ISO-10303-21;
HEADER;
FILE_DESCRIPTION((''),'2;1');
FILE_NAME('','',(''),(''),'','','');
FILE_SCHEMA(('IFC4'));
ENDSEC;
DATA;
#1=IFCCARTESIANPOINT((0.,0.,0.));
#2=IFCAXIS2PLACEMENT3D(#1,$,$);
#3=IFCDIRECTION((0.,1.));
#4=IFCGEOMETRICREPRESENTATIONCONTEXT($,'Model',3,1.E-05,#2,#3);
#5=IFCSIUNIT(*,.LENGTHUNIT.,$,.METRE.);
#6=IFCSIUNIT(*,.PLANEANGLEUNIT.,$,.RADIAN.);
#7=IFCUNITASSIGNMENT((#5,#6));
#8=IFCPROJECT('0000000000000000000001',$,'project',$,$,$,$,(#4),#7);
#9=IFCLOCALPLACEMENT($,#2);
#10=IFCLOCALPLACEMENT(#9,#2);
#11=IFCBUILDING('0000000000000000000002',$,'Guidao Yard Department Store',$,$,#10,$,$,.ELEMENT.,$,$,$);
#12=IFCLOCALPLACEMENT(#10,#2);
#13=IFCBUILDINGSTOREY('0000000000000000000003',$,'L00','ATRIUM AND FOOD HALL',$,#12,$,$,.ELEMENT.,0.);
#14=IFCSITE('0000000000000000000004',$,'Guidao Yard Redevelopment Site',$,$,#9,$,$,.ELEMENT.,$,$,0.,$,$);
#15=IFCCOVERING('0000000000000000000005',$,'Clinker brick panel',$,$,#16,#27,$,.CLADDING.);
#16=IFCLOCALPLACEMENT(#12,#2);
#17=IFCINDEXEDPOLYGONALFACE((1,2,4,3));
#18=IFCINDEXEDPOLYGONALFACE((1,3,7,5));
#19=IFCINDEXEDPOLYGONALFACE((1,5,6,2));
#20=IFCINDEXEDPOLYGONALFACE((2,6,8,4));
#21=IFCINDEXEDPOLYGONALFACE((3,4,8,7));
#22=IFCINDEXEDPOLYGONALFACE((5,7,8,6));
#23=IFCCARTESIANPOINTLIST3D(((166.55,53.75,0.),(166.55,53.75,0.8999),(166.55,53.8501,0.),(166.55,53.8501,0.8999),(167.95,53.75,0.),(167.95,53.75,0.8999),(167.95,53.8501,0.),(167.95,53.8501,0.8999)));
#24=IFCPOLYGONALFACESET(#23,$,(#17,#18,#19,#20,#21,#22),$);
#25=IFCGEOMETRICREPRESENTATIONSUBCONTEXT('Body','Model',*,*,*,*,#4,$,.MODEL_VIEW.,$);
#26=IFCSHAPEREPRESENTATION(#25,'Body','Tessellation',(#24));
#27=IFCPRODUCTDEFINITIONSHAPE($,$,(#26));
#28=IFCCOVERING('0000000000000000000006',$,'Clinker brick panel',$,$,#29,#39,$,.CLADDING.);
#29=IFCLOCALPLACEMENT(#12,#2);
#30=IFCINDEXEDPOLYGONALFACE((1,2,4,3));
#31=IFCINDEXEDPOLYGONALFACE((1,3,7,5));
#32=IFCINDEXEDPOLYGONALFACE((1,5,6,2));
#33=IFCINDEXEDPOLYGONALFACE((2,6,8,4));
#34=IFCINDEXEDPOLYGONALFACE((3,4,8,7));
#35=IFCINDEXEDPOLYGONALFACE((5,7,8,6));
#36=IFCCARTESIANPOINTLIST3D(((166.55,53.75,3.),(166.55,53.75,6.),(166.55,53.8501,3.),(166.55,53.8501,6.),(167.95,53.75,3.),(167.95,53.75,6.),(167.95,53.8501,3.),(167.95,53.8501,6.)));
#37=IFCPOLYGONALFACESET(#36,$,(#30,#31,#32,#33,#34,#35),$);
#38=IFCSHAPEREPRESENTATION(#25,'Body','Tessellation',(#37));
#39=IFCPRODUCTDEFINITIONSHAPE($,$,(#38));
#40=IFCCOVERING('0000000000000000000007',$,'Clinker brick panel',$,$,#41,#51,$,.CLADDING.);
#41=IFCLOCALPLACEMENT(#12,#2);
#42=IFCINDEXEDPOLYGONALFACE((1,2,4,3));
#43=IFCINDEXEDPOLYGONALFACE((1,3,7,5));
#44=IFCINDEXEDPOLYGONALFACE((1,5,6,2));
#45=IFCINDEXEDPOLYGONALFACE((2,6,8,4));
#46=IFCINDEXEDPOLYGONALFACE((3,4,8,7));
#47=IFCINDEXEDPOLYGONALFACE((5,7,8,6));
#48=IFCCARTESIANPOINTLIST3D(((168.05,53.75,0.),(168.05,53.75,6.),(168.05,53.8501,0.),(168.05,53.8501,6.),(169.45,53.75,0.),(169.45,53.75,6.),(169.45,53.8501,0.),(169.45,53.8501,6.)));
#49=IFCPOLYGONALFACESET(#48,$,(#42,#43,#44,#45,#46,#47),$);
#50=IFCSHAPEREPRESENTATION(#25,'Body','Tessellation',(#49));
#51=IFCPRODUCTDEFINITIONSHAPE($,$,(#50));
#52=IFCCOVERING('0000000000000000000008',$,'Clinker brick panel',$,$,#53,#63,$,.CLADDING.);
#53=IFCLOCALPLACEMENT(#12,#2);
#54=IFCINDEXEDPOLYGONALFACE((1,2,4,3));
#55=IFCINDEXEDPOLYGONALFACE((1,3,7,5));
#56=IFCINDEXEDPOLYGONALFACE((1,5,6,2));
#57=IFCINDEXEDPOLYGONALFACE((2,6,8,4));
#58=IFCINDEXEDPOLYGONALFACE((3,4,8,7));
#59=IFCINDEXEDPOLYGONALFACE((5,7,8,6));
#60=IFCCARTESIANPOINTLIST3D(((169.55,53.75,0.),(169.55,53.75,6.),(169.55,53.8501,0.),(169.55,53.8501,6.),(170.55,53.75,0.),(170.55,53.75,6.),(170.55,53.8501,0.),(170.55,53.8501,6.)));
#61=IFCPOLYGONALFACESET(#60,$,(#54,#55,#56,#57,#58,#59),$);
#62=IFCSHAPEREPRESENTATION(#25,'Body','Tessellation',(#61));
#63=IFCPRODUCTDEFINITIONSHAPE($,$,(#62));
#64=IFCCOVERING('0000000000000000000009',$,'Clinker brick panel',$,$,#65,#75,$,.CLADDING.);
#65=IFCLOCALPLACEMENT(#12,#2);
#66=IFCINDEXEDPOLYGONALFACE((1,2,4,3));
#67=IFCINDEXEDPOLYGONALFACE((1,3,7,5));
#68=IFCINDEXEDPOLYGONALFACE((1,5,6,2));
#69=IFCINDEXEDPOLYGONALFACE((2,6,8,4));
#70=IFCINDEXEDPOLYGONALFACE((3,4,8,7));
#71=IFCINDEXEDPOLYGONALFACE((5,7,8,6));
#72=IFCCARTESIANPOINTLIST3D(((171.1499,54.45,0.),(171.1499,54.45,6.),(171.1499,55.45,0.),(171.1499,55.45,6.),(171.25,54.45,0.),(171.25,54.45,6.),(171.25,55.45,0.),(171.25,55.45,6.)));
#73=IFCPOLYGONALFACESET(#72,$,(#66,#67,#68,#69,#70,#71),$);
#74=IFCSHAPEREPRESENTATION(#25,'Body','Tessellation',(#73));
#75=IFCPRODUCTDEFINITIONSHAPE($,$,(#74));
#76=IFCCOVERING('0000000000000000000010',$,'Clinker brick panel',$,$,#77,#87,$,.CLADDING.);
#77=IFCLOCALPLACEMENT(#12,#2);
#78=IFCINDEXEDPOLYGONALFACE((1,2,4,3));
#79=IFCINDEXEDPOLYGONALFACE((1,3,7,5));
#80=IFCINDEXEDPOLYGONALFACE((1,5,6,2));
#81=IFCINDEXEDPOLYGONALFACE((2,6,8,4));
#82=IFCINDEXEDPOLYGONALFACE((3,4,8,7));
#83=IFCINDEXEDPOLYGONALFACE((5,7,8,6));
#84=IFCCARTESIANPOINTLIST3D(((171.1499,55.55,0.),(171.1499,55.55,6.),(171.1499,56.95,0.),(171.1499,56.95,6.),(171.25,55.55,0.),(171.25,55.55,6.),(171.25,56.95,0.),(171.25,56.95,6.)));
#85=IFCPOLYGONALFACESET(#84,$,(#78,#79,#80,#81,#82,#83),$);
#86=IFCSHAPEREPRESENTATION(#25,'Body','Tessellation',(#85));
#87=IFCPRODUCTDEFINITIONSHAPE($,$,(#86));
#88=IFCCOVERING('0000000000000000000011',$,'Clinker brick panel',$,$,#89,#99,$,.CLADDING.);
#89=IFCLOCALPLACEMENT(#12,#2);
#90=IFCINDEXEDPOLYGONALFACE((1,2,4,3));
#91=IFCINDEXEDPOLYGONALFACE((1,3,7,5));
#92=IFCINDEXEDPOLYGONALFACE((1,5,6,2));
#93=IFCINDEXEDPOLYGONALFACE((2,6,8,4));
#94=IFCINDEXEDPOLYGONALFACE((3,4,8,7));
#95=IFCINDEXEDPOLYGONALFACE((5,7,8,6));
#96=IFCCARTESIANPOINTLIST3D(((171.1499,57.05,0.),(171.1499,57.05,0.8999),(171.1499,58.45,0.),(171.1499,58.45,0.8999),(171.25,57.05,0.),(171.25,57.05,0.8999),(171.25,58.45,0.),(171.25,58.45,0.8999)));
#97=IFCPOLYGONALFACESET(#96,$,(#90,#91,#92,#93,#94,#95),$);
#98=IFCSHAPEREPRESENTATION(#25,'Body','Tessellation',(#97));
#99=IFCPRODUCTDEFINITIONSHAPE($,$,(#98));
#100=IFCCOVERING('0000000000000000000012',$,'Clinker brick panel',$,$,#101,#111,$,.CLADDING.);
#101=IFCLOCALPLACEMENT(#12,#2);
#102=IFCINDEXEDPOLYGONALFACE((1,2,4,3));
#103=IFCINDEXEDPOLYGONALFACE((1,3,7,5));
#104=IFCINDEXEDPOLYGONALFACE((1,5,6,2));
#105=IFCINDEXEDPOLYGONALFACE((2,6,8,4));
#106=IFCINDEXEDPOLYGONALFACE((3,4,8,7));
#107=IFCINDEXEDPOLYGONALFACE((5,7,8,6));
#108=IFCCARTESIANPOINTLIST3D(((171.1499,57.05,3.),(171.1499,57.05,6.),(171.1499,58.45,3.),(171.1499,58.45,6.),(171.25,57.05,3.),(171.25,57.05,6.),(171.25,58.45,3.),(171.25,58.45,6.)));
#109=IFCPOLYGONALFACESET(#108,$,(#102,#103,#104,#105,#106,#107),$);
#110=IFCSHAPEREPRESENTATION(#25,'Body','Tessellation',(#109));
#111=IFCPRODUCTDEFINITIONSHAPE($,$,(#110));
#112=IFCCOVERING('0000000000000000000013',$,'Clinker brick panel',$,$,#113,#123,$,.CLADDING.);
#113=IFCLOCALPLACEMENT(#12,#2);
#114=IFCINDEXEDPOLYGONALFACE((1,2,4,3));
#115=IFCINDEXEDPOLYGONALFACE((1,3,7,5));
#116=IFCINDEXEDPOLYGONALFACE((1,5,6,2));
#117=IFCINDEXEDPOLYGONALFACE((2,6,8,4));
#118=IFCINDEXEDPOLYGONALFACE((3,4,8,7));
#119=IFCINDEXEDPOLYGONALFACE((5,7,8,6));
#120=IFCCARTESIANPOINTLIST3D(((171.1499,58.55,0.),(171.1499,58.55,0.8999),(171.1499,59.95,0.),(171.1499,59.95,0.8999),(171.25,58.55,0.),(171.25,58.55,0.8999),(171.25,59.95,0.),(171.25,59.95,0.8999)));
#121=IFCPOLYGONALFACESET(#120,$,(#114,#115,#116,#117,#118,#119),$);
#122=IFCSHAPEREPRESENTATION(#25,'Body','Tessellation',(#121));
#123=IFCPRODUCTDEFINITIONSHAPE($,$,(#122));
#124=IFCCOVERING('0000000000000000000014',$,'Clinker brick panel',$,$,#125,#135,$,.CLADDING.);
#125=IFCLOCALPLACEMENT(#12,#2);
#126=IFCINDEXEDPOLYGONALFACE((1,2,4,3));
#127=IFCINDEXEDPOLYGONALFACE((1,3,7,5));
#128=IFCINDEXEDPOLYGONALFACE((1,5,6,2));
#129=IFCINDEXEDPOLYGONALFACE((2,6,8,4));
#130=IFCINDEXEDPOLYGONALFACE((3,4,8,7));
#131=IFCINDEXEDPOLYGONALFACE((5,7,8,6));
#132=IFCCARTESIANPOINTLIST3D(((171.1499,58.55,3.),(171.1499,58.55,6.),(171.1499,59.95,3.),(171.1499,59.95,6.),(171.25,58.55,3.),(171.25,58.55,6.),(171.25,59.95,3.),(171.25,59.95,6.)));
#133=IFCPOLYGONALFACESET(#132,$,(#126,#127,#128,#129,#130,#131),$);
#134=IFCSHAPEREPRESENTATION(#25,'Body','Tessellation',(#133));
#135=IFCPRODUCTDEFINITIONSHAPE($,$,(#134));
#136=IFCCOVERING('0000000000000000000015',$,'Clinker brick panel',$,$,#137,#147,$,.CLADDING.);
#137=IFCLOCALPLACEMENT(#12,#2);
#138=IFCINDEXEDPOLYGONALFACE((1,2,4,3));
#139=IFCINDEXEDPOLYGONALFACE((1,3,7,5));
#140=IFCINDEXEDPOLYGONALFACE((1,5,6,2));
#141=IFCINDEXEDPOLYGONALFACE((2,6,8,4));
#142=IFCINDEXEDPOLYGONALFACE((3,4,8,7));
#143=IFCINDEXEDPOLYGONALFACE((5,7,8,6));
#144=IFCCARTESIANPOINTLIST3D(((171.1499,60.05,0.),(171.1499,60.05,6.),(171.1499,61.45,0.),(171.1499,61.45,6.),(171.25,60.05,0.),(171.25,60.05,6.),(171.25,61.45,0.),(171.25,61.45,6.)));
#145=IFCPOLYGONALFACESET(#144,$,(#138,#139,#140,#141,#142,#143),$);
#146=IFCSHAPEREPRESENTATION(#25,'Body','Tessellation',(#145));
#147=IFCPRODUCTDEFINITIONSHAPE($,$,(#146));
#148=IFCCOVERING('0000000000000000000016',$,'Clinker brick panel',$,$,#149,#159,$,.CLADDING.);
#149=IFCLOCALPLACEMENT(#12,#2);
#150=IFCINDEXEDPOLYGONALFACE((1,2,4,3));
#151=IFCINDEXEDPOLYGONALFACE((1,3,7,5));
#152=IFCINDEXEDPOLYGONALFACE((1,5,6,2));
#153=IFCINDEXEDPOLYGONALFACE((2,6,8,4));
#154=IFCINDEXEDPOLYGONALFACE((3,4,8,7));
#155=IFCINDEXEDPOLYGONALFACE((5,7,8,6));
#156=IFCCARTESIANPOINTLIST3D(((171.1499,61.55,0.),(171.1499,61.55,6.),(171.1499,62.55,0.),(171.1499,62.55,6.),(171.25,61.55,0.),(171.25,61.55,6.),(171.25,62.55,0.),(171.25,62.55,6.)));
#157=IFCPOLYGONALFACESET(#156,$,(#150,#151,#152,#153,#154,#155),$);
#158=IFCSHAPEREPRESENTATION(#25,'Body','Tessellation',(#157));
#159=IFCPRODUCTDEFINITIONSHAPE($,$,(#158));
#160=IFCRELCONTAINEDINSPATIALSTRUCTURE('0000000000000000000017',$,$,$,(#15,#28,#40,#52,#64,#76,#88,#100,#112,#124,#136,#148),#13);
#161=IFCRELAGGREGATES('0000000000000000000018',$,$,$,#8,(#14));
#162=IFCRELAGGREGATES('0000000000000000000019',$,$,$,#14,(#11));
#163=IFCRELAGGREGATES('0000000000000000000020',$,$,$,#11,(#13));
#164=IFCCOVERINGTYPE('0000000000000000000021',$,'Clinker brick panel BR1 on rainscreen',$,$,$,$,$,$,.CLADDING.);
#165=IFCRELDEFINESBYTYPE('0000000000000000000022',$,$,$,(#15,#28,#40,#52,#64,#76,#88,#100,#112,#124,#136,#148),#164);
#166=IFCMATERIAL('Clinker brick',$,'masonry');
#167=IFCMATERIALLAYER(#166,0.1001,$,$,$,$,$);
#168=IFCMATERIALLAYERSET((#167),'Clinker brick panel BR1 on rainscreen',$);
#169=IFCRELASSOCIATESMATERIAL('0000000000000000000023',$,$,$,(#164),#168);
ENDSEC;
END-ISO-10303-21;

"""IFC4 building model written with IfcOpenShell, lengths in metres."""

from ifc_helpers import new_model, si_unit, direction, frame, origin, origin_2d, place, context, subcontext, project, spatial, rectangle, extrude, material, layer, layer_set, type_object, element, save


model = new_model("IFC4")

# Units and contexts
model_context = context("Model", 3, precision=1e-05, world=origin(), true_north=direction((0.0, 1.0)))
body_context = subcontext(model_context, "Body", "Model", "MODEL_VIEW")
ifc_project = project(units=[si_unit("LENGTHUNIT", "METRE"), si_unit("PLANEANGLEUNIT", "RADIAN")], contexts=[model_context])

# Site, building, storey
site_placement = place(None, origin())
site = spatial("IfcSite", under=ifc_project, at=site_placement, Name="Guidao Yard Redevelopment Site", CompositionType="ELEMENT", RefElevation=0.0)
building_placement = place(site_placement, origin())
building = spatial("IfcBuilding", under=site, at=building_placement, Name="Guidao Yard Department Store", CompositionType="ELEMENT")
storey_placement = place(building_placement, origin())
storey = spatial("IfcBuildingStorey", under=building, at=storey_placement, Name="L00", Description="ATRIUM AND FOOD HALL", CompositionType="ELEMENT", Elevation=0.0)

# Coverings
ifc_material_1 = material(Name="Clinker brick", Category="masonry")
ifc_layer_1 = layer(ifc_material_1, 0.1001)
ifc_layer_set_1 = layer_set([ifc_layer_1], Name="Clinker brick panel BR1 on rainscreen")
covering_type = type_object("IfcCoveringType", Name="Clinker brick panel BR1 on rainscreen", PredefinedType="CLADDING", material=ifc_layer_set_1)
covering_1_placement = place(storey_placement, frame((167.25, 53.8, 0.0), z_axis=(0.0, 0.0, 1.0), x_axis=(-1.0, 0.0, 0.0)))
element("IfcCovering", 1, at=covering_1_placement, inside=storey, type_object=covering_type, Name="Clinker brick panel", PredefinedType="CLADDING", context=body_context, shape_type="SweptSolid", body=[
    extrude(rectangle(XDim=1.3999, YDim=0.1001, at=origin_2d()), origin(), (0.0, 0.0, 1.0), 0.8999),
])
covering_2_placement = place(storey_placement, frame((167.25, 53.8, 3.0), z_axis=(0.0, 0.0, 1.0), x_axis=(-1.0, 0.0, 0.0)))
element("IfcCovering", 2, at=covering_2_placement, inside=storey, type_object=covering_type, Name="Clinker brick panel", PredefinedType="CLADDING", context=body_context, shape_type="SweptSolid", body=[
    extrude(rectangle(XDim=1.3999, YDim=0.1001, at=origin_2d()), origin(), (0.0, 0.0, 1.0), 3.0),
])
covering_3_placement = place(storey_placement, frame((168.75, 53.8, 0.0), z_axis=(0.0, 0.0, 1.0), x_axis=(-1.0, 0.0, 0.0)))
element("IfcCovering", 3, at=covering_3_placement, inside=storey, type_object=covering_type, Name="Clinker brick panel", PredefinedType="CLADDING", context=body_context, shape_type="SweptSolid", body=[
    extrude(rectangle(XDim=1.3999, YDim=0.1001, at=origin_2d()), origin(), (0.0, 0.0, 1.0), 6.0),
])
for number, where, z_axis, x_axis, name in (
    (4, (170.05, 53.8, 0.0), (0.0, 0.0, 1.0), (-1.0, 0.0, 0.0), "Clinker brick panel"),
    (5, (171.2, 54.95, 0.0), (0.0, 0.0, 1.0), (0.0, -1.0, 0.0), "Clinker brick panel"),
):
    element("IfcCovering", number, at=place(storey_placement, frame(where, z_axis=z_axis, x_axis=x_axis)), inside=storey, type_object=covering_type, Name=name, PredefinedType="CLADDING", context=body_context, shape_type="SweptSolid", body=[
        extrude(rectangle(XDim=1.0, YDim=0.1001, at=origin_2d()), origin(), (0.0, 0.0, 1.0), 6.0),
    ])
covering_4_placement = place(storey_placement, frame((171.2, 56.25, 0.0), z_axis=(0.0, 0.0, 1.0), x_axis=(0.0, -1.0, 0.0)))
element("IfcCovering", 6, at=covering_4_placement, inside=storey, type_object=covering_type, Name="Clinker brick panel", PredefinedType="CLADDING", context=body_context, shape_type="SweptSolid", body=[
    extrude(rectangle(XDim=1.3999, YDim=0.1001, at=origin_2d()), origin(), (0.0, 0.0, 1.0), 6.0),
])
covering_5_placement = place(storey_placement, frame((171.2, 57.75, 0.0), z_axis=(0.0, 0.0, 1.0), x_axis=(0.0, -1.0, 0.0)))
element("IfcCovering", 7, at=covering_5_placement, inside=storey, type_object=covering_type, Name="Clinker brick panel", PredefinedType="CLADDING", context=body_context, shape_type="SweptSolid", body=[
    extrude(rectangle(XDim=1.3999, YDim=0.1001, at=origin_2d()), origin(), (0.0, 0.0, 1.0), 0.8999),
])
covering_6_placement = place(storey_placement, frame((171.2, 57.75, 3.0), z_axis=(0.0, 0.0, 1.0), x_axis=(0.0, -1.0, 0.0)))
element("IfcCovering", 8, at=covering_6_placement, inside=storey, type_object=covering_type, Name="Clinker brick panel", PredefinedType="CLADDING", context=body_context, shape_type="SweptSolid", body=[
    extrude(rectangle(XDim=1.3999, YDim=0.1001, at=origin_2d()), origin(), (0.0, 0.0, 1.0), 3.0),
])
covering_7_placement = place(storey_placement, frame((171.2, 59.25, 0.0), z_axis=(0.0, 0.0, 1.0), x_axis=(0.0, -1.0, 0.0)))
element("IfcCovering", 9, at=covering_7_placement, inside=storey, type_object=covering_type, Name="Clinker brick panel", PredefinedType="CLADDING", context=body_context, shape_type="SweptSolid", body=[
    extrude(rectangle(XDim=1.3999, YDim=0.1001, at=origin_2d()), origin(), (0.0, 0.0, 1.0), 0.8999),
])
covering_8_placement = place(storey_placement, frame((171.2, 59.25, 3.0), z_axis=(0.0, 0.0, 1.0), x_axis=(0.0, -1.0, 0.0)))
element("IfcCovering", 10, at=covering_8_placement, inside=storey, type_object=covering_type, Name="Clinker brick panel", PredefinedType="CLADDING", context=body_context, shape_type="SweptSolid", body=[
    extrude(rectangle(XDim=1.3999, YDim=0.1001, at=origin_2d()), origin(), (0.0, 0.0, 1.0), 3.0),
])
covering_9_placement = place(storey_placement, frame((171.2, 60.75, 0.0), z_axis=(0.0, 0.0, 1.0), x_axis=(0.0, -1.0, 0.0)))
element("IfcCovering", 11, at=covering_9_placement, inside=storey, type_object=covering_type, Name="Clinker brick panel", PredefinedType="CLADDING", context=body_context, shape_type="SweptSolid", body=[
    extrude(rectangle(XDim=1.3999, YDim=0.1001, at=origin_2d()), origin(), (0.0, 0.0, 1.0), 6.0),
])
covering_10_placement = place(storey_placement, frame((171.2, 62.05, 0.0), z_axis=(0.0, 0.0, 1.0), x_axis=(0.0, -1.0, 0.0)))
element("IfcCovering", 12, at=covering_10_placement, inside=storey, type_object=covering_type, Name="Clinker brick panel", PredefinedType="CLADDING", context=body_context, shape_type="SweptSolid", body=[
    extrude(rectangle(XDim=1.0, YDim=0.1001, at=origin_2d()), origin(), (0.0, 0.0, 1.0), 6.0),
])

save(model, "model.ifc")
